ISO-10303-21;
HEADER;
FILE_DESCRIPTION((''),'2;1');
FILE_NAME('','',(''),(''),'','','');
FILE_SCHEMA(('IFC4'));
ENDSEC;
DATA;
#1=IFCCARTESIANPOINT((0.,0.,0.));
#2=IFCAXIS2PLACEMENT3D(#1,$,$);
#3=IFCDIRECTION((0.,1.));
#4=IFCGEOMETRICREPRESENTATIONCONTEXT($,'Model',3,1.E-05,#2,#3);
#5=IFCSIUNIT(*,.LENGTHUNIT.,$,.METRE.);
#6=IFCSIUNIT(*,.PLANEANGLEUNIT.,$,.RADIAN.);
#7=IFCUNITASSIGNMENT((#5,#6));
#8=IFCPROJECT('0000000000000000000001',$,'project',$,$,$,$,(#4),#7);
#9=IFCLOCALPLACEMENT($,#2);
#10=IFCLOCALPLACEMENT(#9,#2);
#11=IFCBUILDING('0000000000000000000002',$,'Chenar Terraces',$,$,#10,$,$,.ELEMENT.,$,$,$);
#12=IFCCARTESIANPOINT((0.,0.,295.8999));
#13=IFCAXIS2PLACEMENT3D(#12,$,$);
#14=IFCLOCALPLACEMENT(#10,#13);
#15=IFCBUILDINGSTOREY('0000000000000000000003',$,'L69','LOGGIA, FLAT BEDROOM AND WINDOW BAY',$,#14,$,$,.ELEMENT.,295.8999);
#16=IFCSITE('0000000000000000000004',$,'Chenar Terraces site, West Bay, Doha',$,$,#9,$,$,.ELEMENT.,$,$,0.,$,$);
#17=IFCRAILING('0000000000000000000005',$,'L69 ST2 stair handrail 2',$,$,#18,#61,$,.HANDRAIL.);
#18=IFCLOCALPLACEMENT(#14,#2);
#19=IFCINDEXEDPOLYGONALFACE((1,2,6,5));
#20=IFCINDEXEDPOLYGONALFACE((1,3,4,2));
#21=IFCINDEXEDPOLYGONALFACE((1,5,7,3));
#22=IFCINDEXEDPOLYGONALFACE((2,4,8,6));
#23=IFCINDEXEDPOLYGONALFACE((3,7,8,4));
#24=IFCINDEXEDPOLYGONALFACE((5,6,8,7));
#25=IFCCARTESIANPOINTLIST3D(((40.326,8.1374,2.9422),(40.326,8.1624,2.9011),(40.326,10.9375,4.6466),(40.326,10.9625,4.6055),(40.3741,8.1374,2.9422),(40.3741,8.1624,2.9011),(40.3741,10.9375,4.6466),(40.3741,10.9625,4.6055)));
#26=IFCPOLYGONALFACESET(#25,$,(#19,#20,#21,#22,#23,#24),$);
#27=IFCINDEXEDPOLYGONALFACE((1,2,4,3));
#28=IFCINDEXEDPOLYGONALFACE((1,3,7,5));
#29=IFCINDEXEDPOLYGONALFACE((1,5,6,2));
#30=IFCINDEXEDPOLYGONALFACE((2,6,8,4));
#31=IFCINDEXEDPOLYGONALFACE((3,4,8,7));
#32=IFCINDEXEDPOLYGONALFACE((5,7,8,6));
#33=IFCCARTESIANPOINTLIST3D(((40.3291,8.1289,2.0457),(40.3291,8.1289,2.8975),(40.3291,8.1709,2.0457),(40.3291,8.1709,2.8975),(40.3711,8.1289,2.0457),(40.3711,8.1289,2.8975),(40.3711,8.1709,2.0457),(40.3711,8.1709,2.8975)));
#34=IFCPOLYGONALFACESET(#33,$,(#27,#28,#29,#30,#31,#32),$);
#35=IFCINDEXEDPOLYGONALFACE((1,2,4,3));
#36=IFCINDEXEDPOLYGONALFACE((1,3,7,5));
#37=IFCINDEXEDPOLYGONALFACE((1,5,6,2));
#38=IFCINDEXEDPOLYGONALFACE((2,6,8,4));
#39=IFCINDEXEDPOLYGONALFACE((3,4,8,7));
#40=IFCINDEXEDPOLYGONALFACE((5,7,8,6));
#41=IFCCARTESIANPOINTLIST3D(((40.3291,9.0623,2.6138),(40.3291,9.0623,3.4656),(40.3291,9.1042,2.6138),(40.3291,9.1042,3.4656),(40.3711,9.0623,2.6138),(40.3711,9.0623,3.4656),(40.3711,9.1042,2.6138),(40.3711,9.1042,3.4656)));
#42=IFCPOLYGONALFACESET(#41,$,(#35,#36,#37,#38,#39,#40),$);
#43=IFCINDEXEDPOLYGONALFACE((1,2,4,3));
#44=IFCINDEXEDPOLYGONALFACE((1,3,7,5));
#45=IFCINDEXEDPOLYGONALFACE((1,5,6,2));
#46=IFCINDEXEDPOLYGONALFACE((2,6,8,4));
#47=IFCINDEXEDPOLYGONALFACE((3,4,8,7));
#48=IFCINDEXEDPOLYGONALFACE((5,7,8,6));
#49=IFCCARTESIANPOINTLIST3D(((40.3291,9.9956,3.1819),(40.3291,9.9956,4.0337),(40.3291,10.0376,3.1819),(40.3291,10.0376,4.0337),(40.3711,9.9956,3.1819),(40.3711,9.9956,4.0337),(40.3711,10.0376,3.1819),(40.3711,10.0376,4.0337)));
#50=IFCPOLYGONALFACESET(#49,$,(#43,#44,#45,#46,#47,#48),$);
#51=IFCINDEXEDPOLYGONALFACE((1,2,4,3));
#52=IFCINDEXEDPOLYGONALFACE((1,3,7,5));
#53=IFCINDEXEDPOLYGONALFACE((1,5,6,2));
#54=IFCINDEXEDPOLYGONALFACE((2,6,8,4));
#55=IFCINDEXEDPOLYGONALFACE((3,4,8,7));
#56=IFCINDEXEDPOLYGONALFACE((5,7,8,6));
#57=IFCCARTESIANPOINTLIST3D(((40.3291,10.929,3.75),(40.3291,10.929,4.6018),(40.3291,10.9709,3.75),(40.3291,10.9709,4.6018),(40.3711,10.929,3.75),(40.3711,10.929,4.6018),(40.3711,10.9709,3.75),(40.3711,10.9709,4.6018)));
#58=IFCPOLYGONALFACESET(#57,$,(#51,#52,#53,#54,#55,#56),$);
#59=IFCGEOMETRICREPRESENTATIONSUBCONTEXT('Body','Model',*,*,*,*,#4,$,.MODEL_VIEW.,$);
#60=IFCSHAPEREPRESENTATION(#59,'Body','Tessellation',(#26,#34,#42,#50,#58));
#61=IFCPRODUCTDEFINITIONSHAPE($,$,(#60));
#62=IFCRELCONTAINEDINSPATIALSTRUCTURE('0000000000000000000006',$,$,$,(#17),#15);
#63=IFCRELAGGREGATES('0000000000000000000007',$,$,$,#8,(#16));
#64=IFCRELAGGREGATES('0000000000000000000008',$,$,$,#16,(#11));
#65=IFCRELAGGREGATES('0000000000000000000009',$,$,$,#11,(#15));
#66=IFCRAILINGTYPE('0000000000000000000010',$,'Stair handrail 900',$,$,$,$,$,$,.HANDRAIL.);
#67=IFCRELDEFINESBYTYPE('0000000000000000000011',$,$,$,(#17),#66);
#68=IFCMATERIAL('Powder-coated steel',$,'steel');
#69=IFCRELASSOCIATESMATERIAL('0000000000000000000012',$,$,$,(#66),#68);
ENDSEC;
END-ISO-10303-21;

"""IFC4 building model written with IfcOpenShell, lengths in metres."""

from ifc_helpers import new_model, si_unit, direction, frame, origin, origin_2d, place, context, subcontext, project, spatial, rectangle, extrude, material, type_object, element, save


model = new_model("IFC4")

# Units and contexts
model_context = context("Model", 3, precision=1e-05, world=origin(), true_north=direction((0.0, 1.0)))
body_context = subcontext(model_context, "Body", "Model", "MODEL_VIEW")
ifc_project = project(units=[si_unit("LENGTHUNIT", "METRE"), si_unit("PLANEANGLEUNIT", "RADIAN")], contexts=[model_context])

# Site, building, storey
site_placement = place(None, origin())
site = spatial("IfcSite", under=ifc_project, at=site_placement, Name="Chenar Terraces site, West Bay, Doha", CompositionType="ELEMENT", RefElevation=0.0)
building_placement = place(site_placement, origin())
building = spatial("IfcBuilding", under=site, at=building_placement, Name="Chenar Terraces", CompositionType="ELEMENT")
storey_placement = place(building_placement, frame((0.0, 0.0, 295.8999)))
storey = spatial("IfcBuildingStorey", under=building, at=storey_placement, Name="L69", Description="LOGGIA, FLAT BEDROOM AND WINDOW BAY", CompositionType="ELEMENT", Elevation=295.8999)

# Railing
ifc_material_1 = material(Name="Powder-coated steel", Category="steel")
railing_type_1 = type_object("IfcRailingType", Name="Stair handrail 900", PredefinedType="HANDRAIL", material=ifc_material_1)
railing_1_placement = place(storey_placement, frame((40.3501, 8.1499, 2.0457)))
element("IfcRailing", 1, at=railing_1_placement, inside=storey, type_object=railing_type_1, Name="L69 ST2 stair handrail 2", PredefinedType="HANDRAIL", context=body_context, shape_type="SweptSolid", body=[
    extrude(rectangle(XDim=0.0481, YDim=0.0481, at=origin_2d()), frame((0.0, 0.0, 0.876), z_axis=(0.0, 0.854203, 0.51994), x_axis=(-1.0, 0.0, 0.0)), (0.0, 0.0, 1.0), 3.2781),
    extrude(rectangle(XDim=0.042, YDim=0.042, at=origin_2d()), origin(), (0.0, 0.0, 1.0), 0.8518),
    extrude(rectangle(XDim=0.042, YDim=0.042, at=origin_2d()), frame((0.0, 0.9333, 0.5681)), (0.0, 0.0, 1.0), 0.8518),
    extrude(rectangle(XDim=0.042, YDim=0.042, at=origin_2d()), frame((0.0, 1.8667, 1.1362)), (0.0, 0.0, 1.0), 0.8518),
    extrude(rectangle(XDim=0.042, YDim=0.042, at=origin_2d()), frame((0.0, 2.8, 1.7043)), (0.0, 0.0, 1.0), 0.8518),
])

save(model, "model.ifc")
